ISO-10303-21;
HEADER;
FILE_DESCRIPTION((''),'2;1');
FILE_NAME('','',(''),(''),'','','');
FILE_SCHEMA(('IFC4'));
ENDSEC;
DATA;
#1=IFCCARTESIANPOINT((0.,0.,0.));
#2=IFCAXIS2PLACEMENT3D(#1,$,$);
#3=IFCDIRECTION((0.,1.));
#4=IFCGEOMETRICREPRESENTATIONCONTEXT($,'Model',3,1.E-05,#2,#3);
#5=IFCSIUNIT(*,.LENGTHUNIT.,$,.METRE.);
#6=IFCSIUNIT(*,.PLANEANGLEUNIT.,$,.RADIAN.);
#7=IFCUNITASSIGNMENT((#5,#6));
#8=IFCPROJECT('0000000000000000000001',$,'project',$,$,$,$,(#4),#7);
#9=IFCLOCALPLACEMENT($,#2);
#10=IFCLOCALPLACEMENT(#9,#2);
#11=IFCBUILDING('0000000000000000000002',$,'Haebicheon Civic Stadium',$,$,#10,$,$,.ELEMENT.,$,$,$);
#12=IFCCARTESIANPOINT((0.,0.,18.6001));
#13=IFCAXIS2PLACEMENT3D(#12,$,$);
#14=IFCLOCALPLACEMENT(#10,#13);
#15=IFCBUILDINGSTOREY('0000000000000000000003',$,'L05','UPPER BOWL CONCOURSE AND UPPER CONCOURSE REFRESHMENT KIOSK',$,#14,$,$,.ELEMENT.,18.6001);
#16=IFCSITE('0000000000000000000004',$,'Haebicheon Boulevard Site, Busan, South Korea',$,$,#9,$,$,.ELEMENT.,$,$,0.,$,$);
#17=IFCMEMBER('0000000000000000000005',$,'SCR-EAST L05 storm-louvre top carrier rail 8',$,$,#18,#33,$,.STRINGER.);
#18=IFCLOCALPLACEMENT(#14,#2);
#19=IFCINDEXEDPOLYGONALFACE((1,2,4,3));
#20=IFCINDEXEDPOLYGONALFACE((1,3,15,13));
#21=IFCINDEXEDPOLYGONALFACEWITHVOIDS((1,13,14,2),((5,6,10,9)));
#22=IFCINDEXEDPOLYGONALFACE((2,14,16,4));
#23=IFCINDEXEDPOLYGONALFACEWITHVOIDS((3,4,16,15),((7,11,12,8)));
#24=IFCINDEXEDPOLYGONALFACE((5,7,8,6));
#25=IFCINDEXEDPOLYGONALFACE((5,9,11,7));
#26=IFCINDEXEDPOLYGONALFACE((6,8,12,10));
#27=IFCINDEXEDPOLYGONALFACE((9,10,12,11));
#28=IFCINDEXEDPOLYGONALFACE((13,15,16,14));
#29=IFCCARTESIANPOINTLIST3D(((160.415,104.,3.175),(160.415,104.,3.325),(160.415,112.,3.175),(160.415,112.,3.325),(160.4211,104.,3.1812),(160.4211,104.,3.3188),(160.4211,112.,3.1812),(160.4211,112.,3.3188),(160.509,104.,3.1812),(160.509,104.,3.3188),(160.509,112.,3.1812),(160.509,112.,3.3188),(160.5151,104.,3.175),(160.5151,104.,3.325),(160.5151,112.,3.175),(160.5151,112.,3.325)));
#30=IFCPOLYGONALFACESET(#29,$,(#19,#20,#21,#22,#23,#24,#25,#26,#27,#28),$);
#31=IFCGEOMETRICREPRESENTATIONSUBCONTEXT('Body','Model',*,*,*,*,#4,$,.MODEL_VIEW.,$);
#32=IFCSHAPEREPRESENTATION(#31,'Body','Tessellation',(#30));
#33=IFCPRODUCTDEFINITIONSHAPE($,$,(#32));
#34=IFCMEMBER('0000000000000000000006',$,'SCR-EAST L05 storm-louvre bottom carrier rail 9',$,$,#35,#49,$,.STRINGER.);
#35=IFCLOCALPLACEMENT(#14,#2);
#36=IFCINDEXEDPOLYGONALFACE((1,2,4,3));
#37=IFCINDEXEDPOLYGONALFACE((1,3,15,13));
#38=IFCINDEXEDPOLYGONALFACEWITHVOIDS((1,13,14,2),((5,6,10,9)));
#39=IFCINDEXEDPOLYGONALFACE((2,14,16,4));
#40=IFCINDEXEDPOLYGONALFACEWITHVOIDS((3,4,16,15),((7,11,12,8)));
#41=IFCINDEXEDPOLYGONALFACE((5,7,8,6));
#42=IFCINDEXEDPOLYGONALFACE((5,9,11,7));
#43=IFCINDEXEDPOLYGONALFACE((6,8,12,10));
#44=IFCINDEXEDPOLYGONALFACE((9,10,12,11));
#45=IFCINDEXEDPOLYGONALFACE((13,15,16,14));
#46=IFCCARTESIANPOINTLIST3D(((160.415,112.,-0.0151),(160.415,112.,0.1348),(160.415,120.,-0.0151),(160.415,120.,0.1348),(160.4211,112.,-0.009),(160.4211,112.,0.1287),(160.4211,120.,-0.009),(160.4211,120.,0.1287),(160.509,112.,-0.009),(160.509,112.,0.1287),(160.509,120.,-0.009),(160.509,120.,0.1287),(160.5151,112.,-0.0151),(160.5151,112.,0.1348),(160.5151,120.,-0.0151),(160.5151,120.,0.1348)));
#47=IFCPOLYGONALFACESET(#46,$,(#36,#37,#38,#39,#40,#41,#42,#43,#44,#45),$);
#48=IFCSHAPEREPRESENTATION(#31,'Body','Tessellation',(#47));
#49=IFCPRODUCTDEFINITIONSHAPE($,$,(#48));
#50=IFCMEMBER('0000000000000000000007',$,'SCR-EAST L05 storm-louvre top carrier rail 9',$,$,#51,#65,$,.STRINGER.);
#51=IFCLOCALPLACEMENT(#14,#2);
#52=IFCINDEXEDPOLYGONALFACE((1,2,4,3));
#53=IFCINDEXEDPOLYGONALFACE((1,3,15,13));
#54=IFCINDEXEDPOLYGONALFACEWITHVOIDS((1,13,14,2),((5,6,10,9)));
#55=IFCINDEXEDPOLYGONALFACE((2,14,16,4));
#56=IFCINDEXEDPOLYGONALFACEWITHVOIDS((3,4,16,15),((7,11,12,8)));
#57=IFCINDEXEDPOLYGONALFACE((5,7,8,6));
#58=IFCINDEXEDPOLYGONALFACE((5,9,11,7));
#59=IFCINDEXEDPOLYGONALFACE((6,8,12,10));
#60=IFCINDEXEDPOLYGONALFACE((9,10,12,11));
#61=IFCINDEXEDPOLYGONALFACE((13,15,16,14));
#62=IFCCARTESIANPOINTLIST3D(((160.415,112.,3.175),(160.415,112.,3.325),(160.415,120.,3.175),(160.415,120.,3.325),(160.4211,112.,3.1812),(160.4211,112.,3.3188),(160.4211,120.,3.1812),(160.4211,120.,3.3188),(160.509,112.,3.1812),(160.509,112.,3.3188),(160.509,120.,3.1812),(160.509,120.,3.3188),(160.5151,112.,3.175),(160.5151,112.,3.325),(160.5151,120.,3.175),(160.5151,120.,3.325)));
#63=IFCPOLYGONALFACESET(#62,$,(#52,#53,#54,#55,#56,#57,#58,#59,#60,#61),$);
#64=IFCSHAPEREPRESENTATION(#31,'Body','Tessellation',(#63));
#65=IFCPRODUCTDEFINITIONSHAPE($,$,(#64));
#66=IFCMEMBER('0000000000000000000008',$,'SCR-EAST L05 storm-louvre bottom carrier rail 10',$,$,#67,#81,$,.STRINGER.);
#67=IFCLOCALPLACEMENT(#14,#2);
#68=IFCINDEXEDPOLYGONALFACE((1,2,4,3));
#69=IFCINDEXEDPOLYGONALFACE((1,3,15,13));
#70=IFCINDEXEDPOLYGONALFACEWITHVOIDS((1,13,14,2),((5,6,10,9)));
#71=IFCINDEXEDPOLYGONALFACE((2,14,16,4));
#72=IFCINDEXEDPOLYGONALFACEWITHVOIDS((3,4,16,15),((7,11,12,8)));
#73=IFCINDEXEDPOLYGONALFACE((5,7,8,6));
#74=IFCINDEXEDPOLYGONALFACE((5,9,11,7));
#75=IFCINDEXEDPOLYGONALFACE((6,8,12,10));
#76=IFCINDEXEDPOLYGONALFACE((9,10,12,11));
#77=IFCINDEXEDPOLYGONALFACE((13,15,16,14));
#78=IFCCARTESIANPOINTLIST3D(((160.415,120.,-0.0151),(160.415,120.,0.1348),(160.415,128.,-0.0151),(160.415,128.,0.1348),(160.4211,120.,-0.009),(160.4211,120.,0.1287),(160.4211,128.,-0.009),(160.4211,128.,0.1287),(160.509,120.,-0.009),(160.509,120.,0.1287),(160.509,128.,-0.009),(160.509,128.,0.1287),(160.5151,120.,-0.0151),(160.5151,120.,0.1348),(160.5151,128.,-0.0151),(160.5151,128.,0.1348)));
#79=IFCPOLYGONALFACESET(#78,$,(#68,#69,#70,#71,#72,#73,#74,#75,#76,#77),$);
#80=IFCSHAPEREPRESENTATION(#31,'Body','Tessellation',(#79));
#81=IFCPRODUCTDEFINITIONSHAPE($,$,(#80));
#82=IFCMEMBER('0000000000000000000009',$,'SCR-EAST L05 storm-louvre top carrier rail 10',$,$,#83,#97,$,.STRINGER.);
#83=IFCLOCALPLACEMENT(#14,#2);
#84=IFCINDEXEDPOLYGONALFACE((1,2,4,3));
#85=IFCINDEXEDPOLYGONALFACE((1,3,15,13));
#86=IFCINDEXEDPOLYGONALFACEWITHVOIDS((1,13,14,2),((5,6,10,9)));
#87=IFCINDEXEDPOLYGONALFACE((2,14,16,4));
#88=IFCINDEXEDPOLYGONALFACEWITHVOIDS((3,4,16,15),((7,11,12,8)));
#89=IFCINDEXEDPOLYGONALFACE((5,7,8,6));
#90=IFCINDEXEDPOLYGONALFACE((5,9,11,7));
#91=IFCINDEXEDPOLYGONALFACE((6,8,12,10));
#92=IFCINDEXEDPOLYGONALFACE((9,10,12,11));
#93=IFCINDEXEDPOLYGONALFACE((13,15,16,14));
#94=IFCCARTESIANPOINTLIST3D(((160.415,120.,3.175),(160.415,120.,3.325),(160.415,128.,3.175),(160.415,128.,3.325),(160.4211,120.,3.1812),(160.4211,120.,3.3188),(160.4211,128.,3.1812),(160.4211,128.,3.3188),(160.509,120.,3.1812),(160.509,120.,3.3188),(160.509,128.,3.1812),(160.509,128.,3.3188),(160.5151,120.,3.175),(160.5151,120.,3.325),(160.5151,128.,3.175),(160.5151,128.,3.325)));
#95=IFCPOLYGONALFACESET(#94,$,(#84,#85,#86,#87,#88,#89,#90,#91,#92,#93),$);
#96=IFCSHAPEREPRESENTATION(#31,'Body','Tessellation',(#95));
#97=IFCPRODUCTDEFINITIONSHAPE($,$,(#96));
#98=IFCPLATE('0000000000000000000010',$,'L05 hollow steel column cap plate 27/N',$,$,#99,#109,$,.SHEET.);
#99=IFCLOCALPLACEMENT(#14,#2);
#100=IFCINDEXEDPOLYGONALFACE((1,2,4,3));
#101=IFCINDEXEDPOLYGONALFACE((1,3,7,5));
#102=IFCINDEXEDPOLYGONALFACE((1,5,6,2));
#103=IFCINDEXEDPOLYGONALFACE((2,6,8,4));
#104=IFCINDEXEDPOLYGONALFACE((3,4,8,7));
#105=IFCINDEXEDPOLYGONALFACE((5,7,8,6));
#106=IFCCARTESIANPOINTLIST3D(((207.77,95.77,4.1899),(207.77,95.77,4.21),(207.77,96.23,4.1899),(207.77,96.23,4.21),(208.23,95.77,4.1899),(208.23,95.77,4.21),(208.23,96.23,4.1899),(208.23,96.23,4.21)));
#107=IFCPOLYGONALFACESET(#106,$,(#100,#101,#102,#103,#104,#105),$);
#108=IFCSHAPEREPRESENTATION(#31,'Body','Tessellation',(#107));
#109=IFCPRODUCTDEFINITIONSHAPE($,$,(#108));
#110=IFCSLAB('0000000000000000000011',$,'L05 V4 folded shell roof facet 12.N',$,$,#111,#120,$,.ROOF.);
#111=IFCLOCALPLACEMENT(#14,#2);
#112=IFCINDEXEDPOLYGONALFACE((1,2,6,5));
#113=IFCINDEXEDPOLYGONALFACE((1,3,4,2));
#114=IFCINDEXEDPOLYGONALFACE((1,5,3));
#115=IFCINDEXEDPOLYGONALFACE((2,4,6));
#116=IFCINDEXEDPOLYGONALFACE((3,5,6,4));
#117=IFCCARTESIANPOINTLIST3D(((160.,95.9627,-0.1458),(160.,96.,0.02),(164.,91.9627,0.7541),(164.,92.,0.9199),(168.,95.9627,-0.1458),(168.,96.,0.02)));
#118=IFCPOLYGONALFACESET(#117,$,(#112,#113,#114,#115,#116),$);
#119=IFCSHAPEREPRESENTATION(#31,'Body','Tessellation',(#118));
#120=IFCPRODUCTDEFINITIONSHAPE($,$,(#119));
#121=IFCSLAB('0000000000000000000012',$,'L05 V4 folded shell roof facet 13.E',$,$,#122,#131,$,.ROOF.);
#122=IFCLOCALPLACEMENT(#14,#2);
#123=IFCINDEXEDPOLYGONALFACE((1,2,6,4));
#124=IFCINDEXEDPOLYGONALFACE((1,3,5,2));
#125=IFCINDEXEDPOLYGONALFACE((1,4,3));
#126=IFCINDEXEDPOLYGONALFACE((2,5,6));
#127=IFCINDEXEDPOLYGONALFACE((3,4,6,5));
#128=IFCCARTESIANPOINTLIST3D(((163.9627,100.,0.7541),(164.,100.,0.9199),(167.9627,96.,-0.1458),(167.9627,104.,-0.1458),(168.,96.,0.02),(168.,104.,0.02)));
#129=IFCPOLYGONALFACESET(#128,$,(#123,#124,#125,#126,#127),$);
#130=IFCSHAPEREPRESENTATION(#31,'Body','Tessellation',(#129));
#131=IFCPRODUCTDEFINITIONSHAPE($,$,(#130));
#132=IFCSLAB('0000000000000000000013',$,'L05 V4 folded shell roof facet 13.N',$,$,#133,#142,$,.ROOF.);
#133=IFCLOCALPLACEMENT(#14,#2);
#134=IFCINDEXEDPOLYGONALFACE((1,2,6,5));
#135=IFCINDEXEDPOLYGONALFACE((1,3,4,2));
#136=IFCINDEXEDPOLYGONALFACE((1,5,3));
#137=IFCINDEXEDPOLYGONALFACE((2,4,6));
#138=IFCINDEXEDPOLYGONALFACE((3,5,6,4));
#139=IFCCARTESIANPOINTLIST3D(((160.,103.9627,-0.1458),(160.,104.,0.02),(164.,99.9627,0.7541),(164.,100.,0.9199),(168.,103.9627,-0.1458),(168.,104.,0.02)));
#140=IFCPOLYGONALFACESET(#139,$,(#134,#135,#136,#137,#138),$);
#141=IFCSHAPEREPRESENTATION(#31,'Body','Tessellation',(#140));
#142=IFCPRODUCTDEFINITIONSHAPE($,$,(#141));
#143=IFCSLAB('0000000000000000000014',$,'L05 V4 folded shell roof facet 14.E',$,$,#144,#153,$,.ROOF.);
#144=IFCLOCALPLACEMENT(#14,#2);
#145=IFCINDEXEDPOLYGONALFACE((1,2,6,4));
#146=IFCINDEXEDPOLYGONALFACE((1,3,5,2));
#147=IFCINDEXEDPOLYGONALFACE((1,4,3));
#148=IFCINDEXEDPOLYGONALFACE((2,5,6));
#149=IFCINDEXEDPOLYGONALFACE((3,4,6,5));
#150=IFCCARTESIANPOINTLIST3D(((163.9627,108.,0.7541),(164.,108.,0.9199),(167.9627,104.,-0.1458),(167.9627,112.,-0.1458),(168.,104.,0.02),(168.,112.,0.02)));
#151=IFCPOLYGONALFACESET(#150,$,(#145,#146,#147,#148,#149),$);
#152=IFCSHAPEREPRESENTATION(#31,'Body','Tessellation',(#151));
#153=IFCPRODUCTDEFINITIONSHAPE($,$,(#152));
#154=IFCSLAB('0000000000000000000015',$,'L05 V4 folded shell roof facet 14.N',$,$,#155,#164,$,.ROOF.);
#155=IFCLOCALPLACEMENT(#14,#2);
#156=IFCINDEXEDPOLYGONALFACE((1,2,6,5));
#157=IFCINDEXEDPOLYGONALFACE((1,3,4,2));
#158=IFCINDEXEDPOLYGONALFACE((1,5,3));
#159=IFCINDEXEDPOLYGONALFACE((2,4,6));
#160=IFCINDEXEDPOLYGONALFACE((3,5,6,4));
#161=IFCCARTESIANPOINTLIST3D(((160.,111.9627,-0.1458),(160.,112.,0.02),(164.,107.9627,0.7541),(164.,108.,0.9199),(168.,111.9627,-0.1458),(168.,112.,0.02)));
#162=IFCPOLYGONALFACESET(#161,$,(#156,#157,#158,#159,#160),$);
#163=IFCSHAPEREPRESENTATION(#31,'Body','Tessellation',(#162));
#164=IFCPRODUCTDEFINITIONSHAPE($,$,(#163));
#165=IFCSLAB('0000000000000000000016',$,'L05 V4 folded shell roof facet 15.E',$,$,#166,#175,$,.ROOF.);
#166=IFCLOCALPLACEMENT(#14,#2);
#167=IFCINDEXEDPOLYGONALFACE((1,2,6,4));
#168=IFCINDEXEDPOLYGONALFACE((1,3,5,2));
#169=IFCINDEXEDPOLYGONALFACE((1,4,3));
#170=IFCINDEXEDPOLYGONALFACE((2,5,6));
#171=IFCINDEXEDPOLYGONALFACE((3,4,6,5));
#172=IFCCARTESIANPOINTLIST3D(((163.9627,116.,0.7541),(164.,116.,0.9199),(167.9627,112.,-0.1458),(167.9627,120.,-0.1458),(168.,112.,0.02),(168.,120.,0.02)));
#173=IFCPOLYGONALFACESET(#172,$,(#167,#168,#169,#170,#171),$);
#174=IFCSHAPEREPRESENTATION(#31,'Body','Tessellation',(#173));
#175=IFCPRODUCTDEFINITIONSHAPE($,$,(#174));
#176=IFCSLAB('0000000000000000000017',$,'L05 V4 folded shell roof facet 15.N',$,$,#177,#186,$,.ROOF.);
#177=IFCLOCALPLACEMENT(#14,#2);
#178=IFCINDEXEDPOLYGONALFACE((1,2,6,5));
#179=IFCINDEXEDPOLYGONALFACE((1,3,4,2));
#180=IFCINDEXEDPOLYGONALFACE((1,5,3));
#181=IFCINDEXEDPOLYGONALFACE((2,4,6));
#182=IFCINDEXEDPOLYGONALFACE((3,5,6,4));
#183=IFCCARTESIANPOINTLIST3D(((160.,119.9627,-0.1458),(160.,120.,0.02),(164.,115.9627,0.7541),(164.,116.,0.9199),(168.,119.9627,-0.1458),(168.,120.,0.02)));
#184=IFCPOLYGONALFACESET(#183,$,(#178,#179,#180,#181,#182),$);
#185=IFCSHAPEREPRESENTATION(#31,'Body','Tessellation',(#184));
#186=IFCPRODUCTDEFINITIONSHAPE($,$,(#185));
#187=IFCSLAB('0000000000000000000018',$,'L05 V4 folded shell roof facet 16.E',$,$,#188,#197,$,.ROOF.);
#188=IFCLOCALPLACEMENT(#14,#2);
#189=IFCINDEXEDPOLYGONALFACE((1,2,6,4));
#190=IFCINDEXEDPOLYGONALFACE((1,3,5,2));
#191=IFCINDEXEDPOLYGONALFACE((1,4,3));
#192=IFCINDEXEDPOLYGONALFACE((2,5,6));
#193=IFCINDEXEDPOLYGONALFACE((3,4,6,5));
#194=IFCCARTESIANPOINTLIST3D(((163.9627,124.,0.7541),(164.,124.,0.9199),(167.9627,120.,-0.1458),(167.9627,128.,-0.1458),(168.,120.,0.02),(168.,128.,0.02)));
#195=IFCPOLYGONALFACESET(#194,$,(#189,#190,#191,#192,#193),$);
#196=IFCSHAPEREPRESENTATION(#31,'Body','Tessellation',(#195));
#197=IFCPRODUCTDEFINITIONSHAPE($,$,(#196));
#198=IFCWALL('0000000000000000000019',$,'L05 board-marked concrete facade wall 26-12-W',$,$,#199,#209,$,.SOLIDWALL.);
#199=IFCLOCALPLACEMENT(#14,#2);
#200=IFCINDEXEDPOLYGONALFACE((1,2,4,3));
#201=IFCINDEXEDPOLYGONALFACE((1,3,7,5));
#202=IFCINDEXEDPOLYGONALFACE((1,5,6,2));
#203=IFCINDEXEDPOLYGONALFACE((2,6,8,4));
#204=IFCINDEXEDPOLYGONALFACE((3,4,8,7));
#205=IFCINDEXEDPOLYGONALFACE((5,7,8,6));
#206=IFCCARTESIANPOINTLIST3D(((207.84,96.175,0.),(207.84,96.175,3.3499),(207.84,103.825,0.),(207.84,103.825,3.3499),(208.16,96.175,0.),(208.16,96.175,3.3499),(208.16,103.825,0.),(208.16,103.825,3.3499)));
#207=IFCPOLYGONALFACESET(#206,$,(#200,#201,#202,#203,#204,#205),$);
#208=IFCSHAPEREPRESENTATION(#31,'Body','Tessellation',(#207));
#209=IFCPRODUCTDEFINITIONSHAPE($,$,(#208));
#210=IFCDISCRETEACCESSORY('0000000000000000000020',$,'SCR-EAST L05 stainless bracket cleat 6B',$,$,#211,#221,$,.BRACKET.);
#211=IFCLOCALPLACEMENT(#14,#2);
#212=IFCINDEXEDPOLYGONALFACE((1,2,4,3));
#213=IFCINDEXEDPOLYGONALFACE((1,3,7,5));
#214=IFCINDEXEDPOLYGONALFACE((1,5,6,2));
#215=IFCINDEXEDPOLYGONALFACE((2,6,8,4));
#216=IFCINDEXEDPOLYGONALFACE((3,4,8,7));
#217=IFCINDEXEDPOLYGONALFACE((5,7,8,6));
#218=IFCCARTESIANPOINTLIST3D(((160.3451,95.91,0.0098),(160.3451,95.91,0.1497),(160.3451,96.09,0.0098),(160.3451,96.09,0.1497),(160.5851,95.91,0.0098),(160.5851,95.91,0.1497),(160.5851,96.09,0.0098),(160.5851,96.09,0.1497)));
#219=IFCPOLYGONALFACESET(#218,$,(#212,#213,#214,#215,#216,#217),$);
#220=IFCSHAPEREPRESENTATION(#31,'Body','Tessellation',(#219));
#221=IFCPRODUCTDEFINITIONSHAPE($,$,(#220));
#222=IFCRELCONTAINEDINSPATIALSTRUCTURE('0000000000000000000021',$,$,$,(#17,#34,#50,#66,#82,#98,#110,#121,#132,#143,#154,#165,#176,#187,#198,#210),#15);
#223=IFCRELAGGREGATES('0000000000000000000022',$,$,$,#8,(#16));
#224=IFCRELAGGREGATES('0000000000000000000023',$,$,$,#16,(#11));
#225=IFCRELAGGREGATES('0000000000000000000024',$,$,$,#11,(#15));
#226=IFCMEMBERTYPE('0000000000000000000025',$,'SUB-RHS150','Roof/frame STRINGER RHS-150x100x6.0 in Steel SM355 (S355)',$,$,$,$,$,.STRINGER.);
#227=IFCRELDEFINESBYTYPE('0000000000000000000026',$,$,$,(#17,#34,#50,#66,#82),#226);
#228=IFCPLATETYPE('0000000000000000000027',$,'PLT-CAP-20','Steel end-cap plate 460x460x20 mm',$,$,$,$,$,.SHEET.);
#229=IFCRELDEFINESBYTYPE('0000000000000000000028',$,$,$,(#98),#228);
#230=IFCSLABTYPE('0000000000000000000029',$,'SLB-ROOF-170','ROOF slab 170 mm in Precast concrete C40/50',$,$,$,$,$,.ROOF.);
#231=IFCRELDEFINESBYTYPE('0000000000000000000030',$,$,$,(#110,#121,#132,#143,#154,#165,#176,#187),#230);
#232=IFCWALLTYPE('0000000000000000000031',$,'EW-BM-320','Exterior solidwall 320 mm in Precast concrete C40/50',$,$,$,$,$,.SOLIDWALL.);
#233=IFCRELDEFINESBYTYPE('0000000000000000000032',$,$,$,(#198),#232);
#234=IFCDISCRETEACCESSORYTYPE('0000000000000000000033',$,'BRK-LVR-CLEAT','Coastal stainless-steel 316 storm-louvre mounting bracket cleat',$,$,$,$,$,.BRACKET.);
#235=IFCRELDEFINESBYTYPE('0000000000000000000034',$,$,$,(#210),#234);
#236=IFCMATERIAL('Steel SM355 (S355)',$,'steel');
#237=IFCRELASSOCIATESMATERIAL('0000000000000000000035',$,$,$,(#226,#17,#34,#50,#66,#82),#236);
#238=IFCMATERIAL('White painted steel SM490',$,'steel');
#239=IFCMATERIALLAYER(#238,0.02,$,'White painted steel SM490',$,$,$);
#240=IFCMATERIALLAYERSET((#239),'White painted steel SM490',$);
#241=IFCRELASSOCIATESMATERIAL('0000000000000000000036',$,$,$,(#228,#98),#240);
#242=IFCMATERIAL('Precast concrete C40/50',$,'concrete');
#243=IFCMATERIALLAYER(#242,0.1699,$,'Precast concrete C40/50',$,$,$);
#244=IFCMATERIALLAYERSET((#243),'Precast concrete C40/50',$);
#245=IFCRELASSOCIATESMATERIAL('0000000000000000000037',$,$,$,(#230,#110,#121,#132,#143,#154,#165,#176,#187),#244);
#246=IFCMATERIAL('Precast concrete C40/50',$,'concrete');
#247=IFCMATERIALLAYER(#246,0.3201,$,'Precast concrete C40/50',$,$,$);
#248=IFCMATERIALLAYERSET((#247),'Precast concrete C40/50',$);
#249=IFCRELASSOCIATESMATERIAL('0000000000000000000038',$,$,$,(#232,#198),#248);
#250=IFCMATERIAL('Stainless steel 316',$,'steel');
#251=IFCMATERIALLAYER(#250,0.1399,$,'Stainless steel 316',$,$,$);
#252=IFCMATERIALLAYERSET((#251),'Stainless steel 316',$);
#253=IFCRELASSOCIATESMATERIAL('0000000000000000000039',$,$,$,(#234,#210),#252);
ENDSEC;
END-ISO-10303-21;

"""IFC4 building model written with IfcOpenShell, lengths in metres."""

from ifc_helpers import new_model, si_unit, direction, frame, frame_2d, origin, origin_2d, place, context, subcontext, project, spatial, polyline, rectangle, hollow_rectangle, outline, extrude, material, layer, layer_set, material_profile, profile_set, type_object, element, save


model = new_model("IFC4")

# Units and contexts
model_context = context("Model", 3, precision=1e-05, world=origin(), true_north=direction((0.0, 1.0)))
body_context = subcontext(model_context, "Body", "Model", "MODEL_VIEW")
ifc_project = project(units=[si_unit("LENGTHUNIT", "METRE"), si_unit("PLANEANGLEUNIT", "RADIAN")], contexts=[model_context])

# Site, building, storey
site_placement = place(None, origin())
site = spatial("IfcSite", under=ifc_project, at=site_placement, Name="Haebicheon Boulevard Site, Busan, South Korea", CompositionType="ELEMENT", RefElevation=0.0)
building_placement = place(site_placement, origin())
building = spatial("IfcBuilding", under=site, at=building_placement, Name="Haebicheon Civic Stadium", CompositionType="ELEMENT")
storey_placement = place(building_placement, frame((0.0, 0.0, 18.6001)))
storey = spatial("IfcBuildingStorey", under=building, at=storey_placement, Name="L05", Description="UPPER BOWL CONCOURSE AND UPPER CONCOURSE REFRESHMENT KIOSK", CompositionType="ELEMENT", Elevation=18.6001)

# Members
ifc_material_1 = material(Name="Steel SM355 (S355)", Category="steel")
ifc_material_profile_1 = material_profile(ifc_material_1, hollow_rectangle(XDim=0.1001, YDim=0.1499, WallThickness=0.0061, at=origin_2d()), Name="RHS-150x100x6.0")
ifc_profile_set_1 = profile_set([ifc_material_profile_1], Name="Steel SM355 (S355)")
member_type = type_object("IfcMemberType", Name="SUB-RHS150", Description="Roof/frame STRINGER RHS-150x100x6.0 in Steel SM355 (S355)", PredefinedType="STRINGER", material=ifc_profile_set_1)
for number, where, z_axis, x_axis, name in (
    (1, (160.4651, 104.0, 3.25), (0.0, 1.0, 0.0), (-1.0, 0.0, 0.0), "SCR-EAST L05 storm-louvre top carrier rail 8"),
    (2, (160.4651, 112.0, 0.0598), (0.0, 1.0, 0.0), (-1.0, 0.0, 0.0), "SCR-EAST L05 storm-louvre bottom carrier rail 9"),
    (3, (160.4651, 112.0, 3.25), (0.0, 1.0, 0.0), (-1.0, 0.0, 0.0), "SCR-EAST L05 storm-louvre top carrier rail 9"),
    (4, (160.4651, 120.0, 0.0598), (0.0, 1.0, 0.0), (-1.0, 0.0, 0.0), "SCR-EAST L05 storm-louvre bottom carrier rail 10"),
    (5, (160.4651, 120.0, 3.25), (0.0, 1.0, 0.0), (-1.0, 0.0, 0.0), "SCR-EAST L05 storm-louvre top carrier rail 10"),
):
    element("IfcMember", number, at=place(storey_placement, frame(where, z_axis=z_axis, x_axis=x_axis)), inside=storey, type_object=member_type, material=ifc_profile_set_1, Name=name, PredefinedType="STRINGER", context=body_context, shape_type="SweptSolid", body=[
        extrude(hollow_rectangle(XDim=0.1001, YDim=0.1499, WallThickness=0.0061, at=origin_2d()), origin(), (0.0, 0.0, 1.0), 8.0),
    ])

# Plate
ifc_material_2 = material(Name="White painted steel SM490", Category="steel")
ifc_layer_1 = layer(ifc_material_2, 0.02, Name="White painted steel SM490")
ifc_layer_set_1 = layer_set([ifc_layer_1], Name="White painted steel SM490")
plate_type = type_object("IfcPlateType", Name="PLT-CAP-20", Description="Steel end-cap plate 460x460x20 mm", PredefinedType="SHEET", material=ifc_layer_set_1)
plate_placement = place(storey_placement, frame((208.0, 96.0, 4.1899), z_axis=(0.0, 0.0, 1.0), x_axis=(1.0, 0.0, 0.0)))
element("IfcPlate", 6, at=plate_placement, inside=storey, type_object=plate_type, material=ifc_layer_set_1, Name="L05 hollow steel column cap plate 27/N", PredefinedType="SHEET", context=body_context, shape_type="SweptSolid", body=[
    extrude(rectangle(XDim=0.46, YDim=0.46, at=origin_2d()), origin(), (0.0, 0.0, 1.0), 0.02),
])

# Slabs
ifc_material_3 = material(Name="Precast concrete C40/50", Category="concrete")
ifc_layer_2 = layer(ifc_material_3, 0.1699, Name="Precast concrete C40/50")
ifc_layer_set_2 = layer_set([ifc_layer_2], Name="Precast concrete C40/50")
slab_type = type_object("IfcSlabType", Name="SLB-ROOF-170", Description="ROOF slab 170 mm in Precast concrete C40/50", PredefinedType="ROOF", material=ifc_layer_set_2)
for number, where, z_axis, x_axis, name in (
    (7, (168.0, 96.0, 0.02), (0.0, 0.21949, 0.975615), (-1.0, 0.0, 0.0), "L05 V4 folded shell roof facet 12.N"),
    (8, (168.0, 96.0, 0.02), (0.21949, 0.0, 0.975615), (0.0, 1.0, 0.0), "L05 V4 folded shell roof facet 13.E"),
    (9, (168.0, 104.0, 0.02), (0.0, 0.21949, 0.975615), (-1.0, 0.0, 0.0), "L05 V4 folded shell roof facet 13.N"),
    (10, (168.0, 104.0, 0.02), (0.21949, 0.0, 0.975615), (0.0, 1.0, 0.0), "L05 V4 folded shell roof facet 14.E"),
    (11, (168.0, 112.0, 0.02), (0.0, 0.21949, 0.975615), (-1.0, 0.0, 0.0), "L05 V4 folded shell roof facet 14.N"),
    (12, (168.0, 112.0, 0.02), (0.21949, 0.0, 0.975615), (0.0, 1.0, 0.0), "L05 V4 folded shell roof facet 15.E"),
    (13, (168.0, 120.0, 0.02), (0.0, 0.21949, 0.975615), (-1.0, 0.0, 0.0), "L05 V4 folded shell roof facet 15.N"),
    (14, (168.0, 120.0, 0.02), (0.21949, 0.0, 0.975615), (0.0, 1.0, 0.0), "L05 V4 folded shell roof facet 16.E"),
):
    element("IfcSlab", number, at=place(storey_placement, frame(where, z_axis=z_axis, x_axis=x_axis)), inside=storey, type_object=slab_type, material=ifc_layer_set_2, Name=name, PredefinedType="ROOF", context=body_context, shape_type="SweptSolid", body=[
        extrude(outline(polyline([(0.0, 0.0), (8.0, 0.0), (4.0, 4.1), (0.0, 0.0)])), origin(), (0.0, 0.0, -1.0), 0.1699),
    ])

# Wall
ifc_material_4 = material(Name="Precast concrete C40/50", Category="concrete")
ifc_layer_3 = layer(ifc_material_4, 0.3201, Name="Precast concrete C40/50")
ifc_layer_set_3 = layer_set([ifc_layer_3], Name="Precast concrete C40/50")
wall_type = type_object("IfcWallType", Name="EW-BM-320", Description="Exterior solidwall 320 mm in Precast concrete C40/50", PredefinedType="SOLIDWALL", material=ifc_layer_set_3)
wall_placement = place(storey_placement, frame((208.0, 96.175, 0.0), z_axis=(0.0, 0.0, 1.0), x_axis=(0.0, 1.0, 0.0)))
element("IfcWall", 15, at=wall_placement, inside=storey, type_object=wall_type, material=ifc_layer_set_3, Name="L05 board-marked concrete facade wall 26-12-W", PredefinedType="SOLIDWALL", context=body_context, shape_type="SweptSolid", body=[
    extrude(rectangle(XDim=7.6499, YDim=0.3201, at=frame_2d((3.825, 0.0))), origin(), (0.0, 0.0, 1.0), 3.3499),
])

# Discrete accessory
ifc_material_5 = material(Name="Stainless steel 316", Category="steel")
ifc_layer_4 = layer(ifc_material_5, 0.1399, Name="Stainless steel 316")
ifc_layer_set_4 = layer_set([ifc_layer_4], Name="Stainless steel 316")
discrete_accessory_type = type_object("IfcDiscreteAccessoryType", Name="BRK-LVR-CLEAT", Description="Coastal stainless-steel 316 storm-louvre mounting bracket cleat", PredefinedType="BRACKET", material=ifc_layer_set_4)
for number, where, z_axis, x_axis, name in (
    (16, (160.4651, 96.0, 0.0098), (0.0, 0.0, 1.0), (1.0, 0.0, 0.0), "SCR-EAST L05 stainless bracket cleat 6B"),
):
    element("IfcDiscreteAccessory", number, at=place(storey_placement, frame(where, z_axis=z_axis, x_axis=x_axis)), inside=storey, type_object=discrete_accessory_type, material=ifc_layer_set_4, Name=name, PredefinedType="BRACKET", context=body_context, shape_type="SweptSolid", body=[
        extrude(rectangle(XDim=0.24, YDim=0.1799, at=origin_2d()), origin(), (0.0, 0.0, 1.0), 0.1399),
    ])

save(model, "model.ifc")
